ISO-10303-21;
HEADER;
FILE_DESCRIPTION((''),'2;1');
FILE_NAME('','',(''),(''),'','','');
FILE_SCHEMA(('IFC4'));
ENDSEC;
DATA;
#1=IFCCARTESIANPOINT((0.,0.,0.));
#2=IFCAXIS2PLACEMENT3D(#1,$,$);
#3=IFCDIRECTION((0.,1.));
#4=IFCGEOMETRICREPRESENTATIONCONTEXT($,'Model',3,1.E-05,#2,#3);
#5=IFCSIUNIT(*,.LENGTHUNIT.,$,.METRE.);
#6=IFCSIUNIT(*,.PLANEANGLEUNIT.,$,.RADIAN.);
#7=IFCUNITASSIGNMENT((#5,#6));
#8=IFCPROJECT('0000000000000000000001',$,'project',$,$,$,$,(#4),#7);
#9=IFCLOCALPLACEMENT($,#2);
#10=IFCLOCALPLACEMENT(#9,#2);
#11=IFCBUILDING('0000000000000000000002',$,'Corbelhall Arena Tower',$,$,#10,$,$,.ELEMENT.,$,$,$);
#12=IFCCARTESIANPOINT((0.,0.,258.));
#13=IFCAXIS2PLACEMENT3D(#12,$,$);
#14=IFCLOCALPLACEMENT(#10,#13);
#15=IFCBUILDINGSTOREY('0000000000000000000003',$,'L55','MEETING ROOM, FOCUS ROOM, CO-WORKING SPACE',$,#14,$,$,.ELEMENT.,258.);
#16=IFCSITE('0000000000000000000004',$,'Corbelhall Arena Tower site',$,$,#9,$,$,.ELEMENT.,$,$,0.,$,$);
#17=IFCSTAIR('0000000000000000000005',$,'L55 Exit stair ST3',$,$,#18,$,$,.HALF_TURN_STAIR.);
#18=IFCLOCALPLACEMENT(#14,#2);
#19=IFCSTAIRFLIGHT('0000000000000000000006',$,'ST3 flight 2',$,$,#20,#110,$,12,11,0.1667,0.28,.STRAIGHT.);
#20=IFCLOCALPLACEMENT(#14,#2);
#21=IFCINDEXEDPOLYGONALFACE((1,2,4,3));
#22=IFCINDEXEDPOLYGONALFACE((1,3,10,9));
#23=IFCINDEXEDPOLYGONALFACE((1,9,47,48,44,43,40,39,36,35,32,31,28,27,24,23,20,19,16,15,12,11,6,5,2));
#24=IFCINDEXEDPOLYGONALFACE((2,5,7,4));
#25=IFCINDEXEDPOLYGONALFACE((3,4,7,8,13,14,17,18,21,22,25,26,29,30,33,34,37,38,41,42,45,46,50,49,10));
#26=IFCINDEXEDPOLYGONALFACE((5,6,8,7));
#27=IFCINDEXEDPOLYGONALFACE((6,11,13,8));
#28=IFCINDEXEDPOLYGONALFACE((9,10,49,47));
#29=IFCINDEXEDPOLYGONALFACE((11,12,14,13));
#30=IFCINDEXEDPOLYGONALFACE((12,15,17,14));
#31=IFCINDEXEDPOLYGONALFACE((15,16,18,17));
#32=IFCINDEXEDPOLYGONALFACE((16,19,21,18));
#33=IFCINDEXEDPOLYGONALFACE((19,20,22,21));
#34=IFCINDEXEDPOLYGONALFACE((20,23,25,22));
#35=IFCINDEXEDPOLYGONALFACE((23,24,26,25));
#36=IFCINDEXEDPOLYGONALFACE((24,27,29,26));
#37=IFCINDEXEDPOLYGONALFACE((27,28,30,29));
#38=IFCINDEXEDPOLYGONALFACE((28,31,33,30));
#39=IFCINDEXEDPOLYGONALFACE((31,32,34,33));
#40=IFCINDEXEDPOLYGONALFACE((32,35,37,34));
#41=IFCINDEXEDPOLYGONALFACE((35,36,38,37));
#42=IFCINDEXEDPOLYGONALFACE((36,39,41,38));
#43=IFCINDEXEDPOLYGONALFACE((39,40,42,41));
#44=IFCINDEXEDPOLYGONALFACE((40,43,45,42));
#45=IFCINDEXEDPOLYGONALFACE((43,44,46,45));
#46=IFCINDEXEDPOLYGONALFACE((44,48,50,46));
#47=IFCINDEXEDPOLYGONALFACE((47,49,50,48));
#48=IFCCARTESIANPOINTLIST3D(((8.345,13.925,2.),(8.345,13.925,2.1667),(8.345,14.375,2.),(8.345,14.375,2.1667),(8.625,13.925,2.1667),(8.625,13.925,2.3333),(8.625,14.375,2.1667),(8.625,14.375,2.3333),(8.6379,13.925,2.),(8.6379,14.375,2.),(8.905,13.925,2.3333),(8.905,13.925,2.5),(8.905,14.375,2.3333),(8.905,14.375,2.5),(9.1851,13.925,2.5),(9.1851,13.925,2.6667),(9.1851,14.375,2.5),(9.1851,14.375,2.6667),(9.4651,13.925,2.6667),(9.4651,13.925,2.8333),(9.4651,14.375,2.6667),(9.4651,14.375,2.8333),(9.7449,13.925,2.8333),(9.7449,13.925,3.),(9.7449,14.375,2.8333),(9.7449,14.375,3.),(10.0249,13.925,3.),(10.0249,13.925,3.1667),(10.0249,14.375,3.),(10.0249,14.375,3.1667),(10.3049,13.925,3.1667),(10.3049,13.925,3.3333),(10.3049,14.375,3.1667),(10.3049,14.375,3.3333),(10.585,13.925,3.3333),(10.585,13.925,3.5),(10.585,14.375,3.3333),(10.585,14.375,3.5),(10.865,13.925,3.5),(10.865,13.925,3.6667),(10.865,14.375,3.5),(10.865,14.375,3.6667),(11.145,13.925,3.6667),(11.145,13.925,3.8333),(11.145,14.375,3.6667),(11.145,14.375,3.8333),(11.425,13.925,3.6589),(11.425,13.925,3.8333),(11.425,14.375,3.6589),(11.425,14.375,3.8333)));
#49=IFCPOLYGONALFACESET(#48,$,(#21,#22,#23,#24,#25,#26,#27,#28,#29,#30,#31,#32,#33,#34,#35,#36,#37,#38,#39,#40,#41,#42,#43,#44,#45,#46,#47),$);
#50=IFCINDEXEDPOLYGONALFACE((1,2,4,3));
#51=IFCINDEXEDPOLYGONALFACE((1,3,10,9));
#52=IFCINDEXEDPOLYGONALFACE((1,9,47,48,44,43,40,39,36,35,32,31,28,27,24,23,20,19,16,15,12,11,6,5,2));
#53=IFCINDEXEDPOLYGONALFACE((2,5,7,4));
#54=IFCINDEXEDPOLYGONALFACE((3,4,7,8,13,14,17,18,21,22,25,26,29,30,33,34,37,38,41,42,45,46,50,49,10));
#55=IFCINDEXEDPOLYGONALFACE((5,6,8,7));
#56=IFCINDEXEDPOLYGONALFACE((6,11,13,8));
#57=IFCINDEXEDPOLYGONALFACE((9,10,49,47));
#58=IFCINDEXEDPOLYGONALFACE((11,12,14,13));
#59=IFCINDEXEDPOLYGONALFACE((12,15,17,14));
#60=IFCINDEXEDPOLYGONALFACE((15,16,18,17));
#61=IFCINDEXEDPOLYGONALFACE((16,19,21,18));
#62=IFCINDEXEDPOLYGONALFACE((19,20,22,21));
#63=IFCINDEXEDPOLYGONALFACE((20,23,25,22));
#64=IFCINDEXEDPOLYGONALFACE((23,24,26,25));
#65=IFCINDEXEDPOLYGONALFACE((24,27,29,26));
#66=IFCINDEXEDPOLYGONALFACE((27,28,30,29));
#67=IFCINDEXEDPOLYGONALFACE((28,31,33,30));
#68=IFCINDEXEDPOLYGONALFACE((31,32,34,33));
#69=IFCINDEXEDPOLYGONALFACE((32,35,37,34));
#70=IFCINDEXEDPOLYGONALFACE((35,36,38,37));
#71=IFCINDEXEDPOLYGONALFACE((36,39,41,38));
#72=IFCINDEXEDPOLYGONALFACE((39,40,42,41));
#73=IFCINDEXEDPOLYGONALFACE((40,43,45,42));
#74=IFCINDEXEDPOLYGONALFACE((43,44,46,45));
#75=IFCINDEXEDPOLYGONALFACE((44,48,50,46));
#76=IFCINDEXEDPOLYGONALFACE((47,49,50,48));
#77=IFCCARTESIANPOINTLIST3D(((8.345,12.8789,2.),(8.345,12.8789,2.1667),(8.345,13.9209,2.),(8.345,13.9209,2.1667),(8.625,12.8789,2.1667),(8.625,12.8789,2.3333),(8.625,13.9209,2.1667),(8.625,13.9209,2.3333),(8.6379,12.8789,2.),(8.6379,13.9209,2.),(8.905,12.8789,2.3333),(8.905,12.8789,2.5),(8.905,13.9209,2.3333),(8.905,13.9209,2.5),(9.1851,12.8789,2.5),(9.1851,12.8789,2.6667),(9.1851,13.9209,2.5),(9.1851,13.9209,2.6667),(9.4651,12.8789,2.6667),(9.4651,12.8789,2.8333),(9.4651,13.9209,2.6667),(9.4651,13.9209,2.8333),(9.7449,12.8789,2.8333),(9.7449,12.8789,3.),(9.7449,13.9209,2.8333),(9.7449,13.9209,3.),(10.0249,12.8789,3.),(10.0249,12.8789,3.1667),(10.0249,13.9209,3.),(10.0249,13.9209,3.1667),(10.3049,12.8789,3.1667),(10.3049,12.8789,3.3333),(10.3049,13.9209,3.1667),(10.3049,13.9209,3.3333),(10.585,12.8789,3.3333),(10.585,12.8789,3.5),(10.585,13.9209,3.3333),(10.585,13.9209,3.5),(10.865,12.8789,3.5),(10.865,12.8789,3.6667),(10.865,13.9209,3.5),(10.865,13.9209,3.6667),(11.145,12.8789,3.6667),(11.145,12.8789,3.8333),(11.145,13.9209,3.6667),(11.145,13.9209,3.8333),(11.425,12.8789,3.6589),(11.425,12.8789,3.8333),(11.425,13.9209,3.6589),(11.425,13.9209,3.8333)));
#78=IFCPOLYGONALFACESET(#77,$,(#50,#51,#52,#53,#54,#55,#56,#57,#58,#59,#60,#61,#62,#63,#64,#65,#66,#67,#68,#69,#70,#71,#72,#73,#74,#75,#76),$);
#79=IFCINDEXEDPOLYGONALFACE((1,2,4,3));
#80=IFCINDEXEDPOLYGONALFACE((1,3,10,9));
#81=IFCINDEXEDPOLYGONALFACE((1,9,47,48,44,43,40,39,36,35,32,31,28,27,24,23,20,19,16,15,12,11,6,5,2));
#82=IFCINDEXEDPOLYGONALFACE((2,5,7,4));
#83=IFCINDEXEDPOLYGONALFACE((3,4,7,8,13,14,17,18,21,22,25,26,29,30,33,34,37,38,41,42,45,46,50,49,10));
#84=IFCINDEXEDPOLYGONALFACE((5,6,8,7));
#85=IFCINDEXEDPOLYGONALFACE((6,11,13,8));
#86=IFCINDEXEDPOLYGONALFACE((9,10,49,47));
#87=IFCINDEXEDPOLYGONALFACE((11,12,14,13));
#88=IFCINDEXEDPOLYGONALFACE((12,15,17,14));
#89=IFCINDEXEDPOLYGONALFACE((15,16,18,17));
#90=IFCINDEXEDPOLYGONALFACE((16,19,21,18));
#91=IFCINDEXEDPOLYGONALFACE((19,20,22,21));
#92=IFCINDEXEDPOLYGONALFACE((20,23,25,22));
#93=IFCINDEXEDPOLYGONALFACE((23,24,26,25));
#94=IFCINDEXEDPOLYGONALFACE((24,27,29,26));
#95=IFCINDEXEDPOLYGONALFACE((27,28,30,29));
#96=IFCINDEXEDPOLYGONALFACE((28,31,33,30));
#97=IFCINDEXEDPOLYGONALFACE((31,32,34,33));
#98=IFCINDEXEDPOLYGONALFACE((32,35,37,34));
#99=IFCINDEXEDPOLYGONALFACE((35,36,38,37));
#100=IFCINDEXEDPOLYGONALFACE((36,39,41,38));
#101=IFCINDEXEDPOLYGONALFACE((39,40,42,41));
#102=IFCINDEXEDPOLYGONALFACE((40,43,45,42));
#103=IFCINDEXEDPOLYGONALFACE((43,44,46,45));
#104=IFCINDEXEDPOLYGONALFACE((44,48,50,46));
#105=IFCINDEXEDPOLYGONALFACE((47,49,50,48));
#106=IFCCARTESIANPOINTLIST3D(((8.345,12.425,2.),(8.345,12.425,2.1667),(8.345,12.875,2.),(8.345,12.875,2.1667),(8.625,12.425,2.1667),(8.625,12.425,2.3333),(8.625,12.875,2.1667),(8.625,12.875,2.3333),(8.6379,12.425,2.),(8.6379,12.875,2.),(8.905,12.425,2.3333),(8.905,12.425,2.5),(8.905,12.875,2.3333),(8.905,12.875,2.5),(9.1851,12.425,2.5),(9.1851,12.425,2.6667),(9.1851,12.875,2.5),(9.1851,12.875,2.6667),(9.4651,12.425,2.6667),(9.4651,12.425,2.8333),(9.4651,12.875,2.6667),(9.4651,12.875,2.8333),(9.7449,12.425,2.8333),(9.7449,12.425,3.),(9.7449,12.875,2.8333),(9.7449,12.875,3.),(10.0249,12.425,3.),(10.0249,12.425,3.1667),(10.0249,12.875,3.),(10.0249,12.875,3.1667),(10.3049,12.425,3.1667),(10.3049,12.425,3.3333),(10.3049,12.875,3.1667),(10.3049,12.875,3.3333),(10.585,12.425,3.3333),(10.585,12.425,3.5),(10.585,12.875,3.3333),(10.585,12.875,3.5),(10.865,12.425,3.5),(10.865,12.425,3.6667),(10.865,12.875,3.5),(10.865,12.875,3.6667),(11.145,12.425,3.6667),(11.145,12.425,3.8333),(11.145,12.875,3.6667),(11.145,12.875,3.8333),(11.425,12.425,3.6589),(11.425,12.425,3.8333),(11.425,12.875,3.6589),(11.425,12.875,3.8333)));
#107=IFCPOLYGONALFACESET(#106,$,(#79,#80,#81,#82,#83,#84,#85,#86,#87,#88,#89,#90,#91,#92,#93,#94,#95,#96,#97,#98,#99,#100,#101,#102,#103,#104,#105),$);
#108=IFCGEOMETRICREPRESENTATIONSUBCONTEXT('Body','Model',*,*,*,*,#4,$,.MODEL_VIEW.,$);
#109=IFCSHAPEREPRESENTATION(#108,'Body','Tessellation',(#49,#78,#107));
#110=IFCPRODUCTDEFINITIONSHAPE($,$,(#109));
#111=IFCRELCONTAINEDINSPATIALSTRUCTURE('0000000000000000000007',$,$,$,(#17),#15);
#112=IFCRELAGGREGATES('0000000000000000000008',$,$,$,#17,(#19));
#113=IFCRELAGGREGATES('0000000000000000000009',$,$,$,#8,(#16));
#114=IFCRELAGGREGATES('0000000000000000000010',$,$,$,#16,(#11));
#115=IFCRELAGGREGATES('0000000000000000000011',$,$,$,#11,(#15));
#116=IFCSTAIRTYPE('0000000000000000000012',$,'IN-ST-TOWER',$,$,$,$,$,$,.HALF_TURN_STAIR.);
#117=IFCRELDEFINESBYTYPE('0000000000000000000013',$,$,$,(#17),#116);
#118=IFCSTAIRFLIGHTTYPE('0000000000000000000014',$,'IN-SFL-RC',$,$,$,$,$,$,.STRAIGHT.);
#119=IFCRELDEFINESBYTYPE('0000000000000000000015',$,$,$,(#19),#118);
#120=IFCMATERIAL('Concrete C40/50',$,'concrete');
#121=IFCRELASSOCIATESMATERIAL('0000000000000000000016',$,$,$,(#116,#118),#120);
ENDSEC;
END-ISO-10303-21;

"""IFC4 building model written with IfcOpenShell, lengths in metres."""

from ifc_helpers import new_model, si_unit, direction, frame, origin, place, context, subcontext, project, spatial, polyline, outline, extrude, material, type_object, element, aggregate, save


model = new_model("IFC4")

# Units and contexts
model_context = context("Model", 3, precision=1e-05, world=origin(), true_north=direction((0.0, 1.0)))
body_context = subcontext(model_context, "Body", "Model", "MODEL_VIEW")
ifc_project = project(units=[si_unit("LENGTHUNIT", "METRE"), si_unit("PLANEANGLEUNIT", "RADIAN")], contexts=[model_context])

# Site, building, storey
site_placement = place(None, origin())
site = spatial("IfcSite", under=ifc_project, at=site_placement, Name="Corbelhall Arena Tower site", CompositionType="ELEMENT", RefElevation=0.0)
building_placement = place(site_placement, origin())
building = spatial("IfcBuilding", under=site, at=building_placement, Name="Corbelhall Arena Tower", CompositionType="ELEMENT")
storey_placement = place(building_placement, frame((0.0, 0.0, 258.0)))
storey = spatial("IfcBuildingStorey", under=building, at=storey_placement, Name="L55", Description="MEETING ROOM, FOCUS ROOM, CO-WORKING SPACE", CompositionType="ELEMENT", Elevation=258.0)

# Shared definitions
ifc_material_1 = material(Name="Concrete C40/50", Category="concrete")

# Stair, stair flight
stair_type = type_object("IfcStairType", Name="IN-ST-TOWER", PredefinedType="HALF_TURN_STAIR", material=ifc_material_1)
stair_placement = place(storey_placement, origin())
stair = element("IfcStair", 1, at=stair_placement, inside=storey, type_object=stair_type, Name="L55 Exit stair ST3", PredefinedType="HALF_TURN_STAIR")
stair_flight_type = type_object("IfcStairFlightType", Name="IN-SFL-RC", PredefinedType="STRAIGHT", material=ifc_material_1)
stair_flight_1_placement = place(storey_placement, frame((8.345, 13.3999, 2.0), z_axis=(0.0, 0.0, 1.0), x_axis=(1.0, 0.0, 0.0)))
stair_flight_1 = element("IfcStairFlight", 2, at=stair_flight_1_placement, type_object=stair_flight_type, Name="ST3 flight 2", NumberOfRisers=12, NumberOfTreads=11, PredefinedType="STRAIGHT", RiserHeight=0.1667, TreadLength=0.28, context=body_context, shape_type="SweptSolid", body=[
    extrude(outline(polyline([(0.0, 0.0), (0.0, 0.1667), (0.28, 0.1667), (0.28, 0.3333), (0.5601, 0.3333), (0.5601, 0.5), (0.8401, 0.5), (0.8401, 0.6667), (1.1201, 0.6667), (1.1201, 0.8333), (1.3999, 0.8333), (1.3999, 1.0), (1.6799, 1.0), (1.6799, 1.1667), (1.96, 1.1667), (1.96, 1.3333), (2.24, 1.3333), (2.24, 1.5), (2.52, 1.5), (2.52, 1.6667), (2.8, 1.6667), (2.8, 1.8333), (3.0801, 1.8333), (3.0801, 2.0), (3.0801, 1.6589), (0.293, 0.0), (0.0, 0.0)])), frame((0.0, 0.9751, 0.0), z_axis=(0.0, -1.0, 0.0), x_axis=(1.0, 0.0, 0.0)), (0.0, 0.0, 1.0), 0.45),
    extrude(outline(polyline([(0.0, 0.0), (0.0, 0.1667), (0.28, 0.1667), (0.28, 0.3333), (0.5601, 0.3333), (0.5601, 0.5), (0.8401, 0.5), (0.8401, 0.6667), (1.1201, 0.6667), (1.1201, 0.8333), (1.3999, 0.8333), (1.3999, 1.0), (1.6799, 1.0), (1.6799, 1.1667), (1.96, 1.1667), (1.96, 1.3333), (2.24, 1.3333), (2.24, 1.5), (2.52, 1.5), (2.52, 1.6667), (2.8, 1.6667), (2.8, 1.8333), (3.0801, 1.8333), (3.0801, 2.0), (3.0801, 1.6589), (0.293, 0.0), (0.0, 0.0)])), frame((0.0, 0.521, 0.0), z_axis=(0.0, -1.0, 0.0), x_axis=(1.0, 0.0, 0.0)), (0.0, 0.0, 1.0), 1.042),
    extrude(outline(polyline([(0.0, 0.0), (0.0, 0.1667), (0.28, 0.1667), (0.28, 0.3333), (0.5601, 0.3333), (0.5601, 0.5), (0.8401, 0.5), (0.8401, 0.6667), (1.1201, 0.6667), (1.1201, 0.8333), (1.3999, 0.8333), (1.3999, 1.0), (1.6799, 1.0), (1.6799, 1.1667), (1.96, 1.1667), (1.96, 1.3333), (2.24, 1.3333), (2.24, 1.5), (2.52, 1.5), (2.52, 1.6667), (2.8, 1.6667), (2.8, 1.8333), (3.0801, 1.8333), (3.0801, 2.0), (3.0801, 1.6589), (0.293, 0.0), (0.0, 0.0)])), frame((0.0, -0.5249, 0.0), z_axis=(0.0, -1.0, 0.0), x_axis=(1.0, 0.0, 0.0)), (0.0, 0.0, 1.0), 0.45),
])
aggregate(stair, [stair_flight_1])

save(model, "model.ifc")
